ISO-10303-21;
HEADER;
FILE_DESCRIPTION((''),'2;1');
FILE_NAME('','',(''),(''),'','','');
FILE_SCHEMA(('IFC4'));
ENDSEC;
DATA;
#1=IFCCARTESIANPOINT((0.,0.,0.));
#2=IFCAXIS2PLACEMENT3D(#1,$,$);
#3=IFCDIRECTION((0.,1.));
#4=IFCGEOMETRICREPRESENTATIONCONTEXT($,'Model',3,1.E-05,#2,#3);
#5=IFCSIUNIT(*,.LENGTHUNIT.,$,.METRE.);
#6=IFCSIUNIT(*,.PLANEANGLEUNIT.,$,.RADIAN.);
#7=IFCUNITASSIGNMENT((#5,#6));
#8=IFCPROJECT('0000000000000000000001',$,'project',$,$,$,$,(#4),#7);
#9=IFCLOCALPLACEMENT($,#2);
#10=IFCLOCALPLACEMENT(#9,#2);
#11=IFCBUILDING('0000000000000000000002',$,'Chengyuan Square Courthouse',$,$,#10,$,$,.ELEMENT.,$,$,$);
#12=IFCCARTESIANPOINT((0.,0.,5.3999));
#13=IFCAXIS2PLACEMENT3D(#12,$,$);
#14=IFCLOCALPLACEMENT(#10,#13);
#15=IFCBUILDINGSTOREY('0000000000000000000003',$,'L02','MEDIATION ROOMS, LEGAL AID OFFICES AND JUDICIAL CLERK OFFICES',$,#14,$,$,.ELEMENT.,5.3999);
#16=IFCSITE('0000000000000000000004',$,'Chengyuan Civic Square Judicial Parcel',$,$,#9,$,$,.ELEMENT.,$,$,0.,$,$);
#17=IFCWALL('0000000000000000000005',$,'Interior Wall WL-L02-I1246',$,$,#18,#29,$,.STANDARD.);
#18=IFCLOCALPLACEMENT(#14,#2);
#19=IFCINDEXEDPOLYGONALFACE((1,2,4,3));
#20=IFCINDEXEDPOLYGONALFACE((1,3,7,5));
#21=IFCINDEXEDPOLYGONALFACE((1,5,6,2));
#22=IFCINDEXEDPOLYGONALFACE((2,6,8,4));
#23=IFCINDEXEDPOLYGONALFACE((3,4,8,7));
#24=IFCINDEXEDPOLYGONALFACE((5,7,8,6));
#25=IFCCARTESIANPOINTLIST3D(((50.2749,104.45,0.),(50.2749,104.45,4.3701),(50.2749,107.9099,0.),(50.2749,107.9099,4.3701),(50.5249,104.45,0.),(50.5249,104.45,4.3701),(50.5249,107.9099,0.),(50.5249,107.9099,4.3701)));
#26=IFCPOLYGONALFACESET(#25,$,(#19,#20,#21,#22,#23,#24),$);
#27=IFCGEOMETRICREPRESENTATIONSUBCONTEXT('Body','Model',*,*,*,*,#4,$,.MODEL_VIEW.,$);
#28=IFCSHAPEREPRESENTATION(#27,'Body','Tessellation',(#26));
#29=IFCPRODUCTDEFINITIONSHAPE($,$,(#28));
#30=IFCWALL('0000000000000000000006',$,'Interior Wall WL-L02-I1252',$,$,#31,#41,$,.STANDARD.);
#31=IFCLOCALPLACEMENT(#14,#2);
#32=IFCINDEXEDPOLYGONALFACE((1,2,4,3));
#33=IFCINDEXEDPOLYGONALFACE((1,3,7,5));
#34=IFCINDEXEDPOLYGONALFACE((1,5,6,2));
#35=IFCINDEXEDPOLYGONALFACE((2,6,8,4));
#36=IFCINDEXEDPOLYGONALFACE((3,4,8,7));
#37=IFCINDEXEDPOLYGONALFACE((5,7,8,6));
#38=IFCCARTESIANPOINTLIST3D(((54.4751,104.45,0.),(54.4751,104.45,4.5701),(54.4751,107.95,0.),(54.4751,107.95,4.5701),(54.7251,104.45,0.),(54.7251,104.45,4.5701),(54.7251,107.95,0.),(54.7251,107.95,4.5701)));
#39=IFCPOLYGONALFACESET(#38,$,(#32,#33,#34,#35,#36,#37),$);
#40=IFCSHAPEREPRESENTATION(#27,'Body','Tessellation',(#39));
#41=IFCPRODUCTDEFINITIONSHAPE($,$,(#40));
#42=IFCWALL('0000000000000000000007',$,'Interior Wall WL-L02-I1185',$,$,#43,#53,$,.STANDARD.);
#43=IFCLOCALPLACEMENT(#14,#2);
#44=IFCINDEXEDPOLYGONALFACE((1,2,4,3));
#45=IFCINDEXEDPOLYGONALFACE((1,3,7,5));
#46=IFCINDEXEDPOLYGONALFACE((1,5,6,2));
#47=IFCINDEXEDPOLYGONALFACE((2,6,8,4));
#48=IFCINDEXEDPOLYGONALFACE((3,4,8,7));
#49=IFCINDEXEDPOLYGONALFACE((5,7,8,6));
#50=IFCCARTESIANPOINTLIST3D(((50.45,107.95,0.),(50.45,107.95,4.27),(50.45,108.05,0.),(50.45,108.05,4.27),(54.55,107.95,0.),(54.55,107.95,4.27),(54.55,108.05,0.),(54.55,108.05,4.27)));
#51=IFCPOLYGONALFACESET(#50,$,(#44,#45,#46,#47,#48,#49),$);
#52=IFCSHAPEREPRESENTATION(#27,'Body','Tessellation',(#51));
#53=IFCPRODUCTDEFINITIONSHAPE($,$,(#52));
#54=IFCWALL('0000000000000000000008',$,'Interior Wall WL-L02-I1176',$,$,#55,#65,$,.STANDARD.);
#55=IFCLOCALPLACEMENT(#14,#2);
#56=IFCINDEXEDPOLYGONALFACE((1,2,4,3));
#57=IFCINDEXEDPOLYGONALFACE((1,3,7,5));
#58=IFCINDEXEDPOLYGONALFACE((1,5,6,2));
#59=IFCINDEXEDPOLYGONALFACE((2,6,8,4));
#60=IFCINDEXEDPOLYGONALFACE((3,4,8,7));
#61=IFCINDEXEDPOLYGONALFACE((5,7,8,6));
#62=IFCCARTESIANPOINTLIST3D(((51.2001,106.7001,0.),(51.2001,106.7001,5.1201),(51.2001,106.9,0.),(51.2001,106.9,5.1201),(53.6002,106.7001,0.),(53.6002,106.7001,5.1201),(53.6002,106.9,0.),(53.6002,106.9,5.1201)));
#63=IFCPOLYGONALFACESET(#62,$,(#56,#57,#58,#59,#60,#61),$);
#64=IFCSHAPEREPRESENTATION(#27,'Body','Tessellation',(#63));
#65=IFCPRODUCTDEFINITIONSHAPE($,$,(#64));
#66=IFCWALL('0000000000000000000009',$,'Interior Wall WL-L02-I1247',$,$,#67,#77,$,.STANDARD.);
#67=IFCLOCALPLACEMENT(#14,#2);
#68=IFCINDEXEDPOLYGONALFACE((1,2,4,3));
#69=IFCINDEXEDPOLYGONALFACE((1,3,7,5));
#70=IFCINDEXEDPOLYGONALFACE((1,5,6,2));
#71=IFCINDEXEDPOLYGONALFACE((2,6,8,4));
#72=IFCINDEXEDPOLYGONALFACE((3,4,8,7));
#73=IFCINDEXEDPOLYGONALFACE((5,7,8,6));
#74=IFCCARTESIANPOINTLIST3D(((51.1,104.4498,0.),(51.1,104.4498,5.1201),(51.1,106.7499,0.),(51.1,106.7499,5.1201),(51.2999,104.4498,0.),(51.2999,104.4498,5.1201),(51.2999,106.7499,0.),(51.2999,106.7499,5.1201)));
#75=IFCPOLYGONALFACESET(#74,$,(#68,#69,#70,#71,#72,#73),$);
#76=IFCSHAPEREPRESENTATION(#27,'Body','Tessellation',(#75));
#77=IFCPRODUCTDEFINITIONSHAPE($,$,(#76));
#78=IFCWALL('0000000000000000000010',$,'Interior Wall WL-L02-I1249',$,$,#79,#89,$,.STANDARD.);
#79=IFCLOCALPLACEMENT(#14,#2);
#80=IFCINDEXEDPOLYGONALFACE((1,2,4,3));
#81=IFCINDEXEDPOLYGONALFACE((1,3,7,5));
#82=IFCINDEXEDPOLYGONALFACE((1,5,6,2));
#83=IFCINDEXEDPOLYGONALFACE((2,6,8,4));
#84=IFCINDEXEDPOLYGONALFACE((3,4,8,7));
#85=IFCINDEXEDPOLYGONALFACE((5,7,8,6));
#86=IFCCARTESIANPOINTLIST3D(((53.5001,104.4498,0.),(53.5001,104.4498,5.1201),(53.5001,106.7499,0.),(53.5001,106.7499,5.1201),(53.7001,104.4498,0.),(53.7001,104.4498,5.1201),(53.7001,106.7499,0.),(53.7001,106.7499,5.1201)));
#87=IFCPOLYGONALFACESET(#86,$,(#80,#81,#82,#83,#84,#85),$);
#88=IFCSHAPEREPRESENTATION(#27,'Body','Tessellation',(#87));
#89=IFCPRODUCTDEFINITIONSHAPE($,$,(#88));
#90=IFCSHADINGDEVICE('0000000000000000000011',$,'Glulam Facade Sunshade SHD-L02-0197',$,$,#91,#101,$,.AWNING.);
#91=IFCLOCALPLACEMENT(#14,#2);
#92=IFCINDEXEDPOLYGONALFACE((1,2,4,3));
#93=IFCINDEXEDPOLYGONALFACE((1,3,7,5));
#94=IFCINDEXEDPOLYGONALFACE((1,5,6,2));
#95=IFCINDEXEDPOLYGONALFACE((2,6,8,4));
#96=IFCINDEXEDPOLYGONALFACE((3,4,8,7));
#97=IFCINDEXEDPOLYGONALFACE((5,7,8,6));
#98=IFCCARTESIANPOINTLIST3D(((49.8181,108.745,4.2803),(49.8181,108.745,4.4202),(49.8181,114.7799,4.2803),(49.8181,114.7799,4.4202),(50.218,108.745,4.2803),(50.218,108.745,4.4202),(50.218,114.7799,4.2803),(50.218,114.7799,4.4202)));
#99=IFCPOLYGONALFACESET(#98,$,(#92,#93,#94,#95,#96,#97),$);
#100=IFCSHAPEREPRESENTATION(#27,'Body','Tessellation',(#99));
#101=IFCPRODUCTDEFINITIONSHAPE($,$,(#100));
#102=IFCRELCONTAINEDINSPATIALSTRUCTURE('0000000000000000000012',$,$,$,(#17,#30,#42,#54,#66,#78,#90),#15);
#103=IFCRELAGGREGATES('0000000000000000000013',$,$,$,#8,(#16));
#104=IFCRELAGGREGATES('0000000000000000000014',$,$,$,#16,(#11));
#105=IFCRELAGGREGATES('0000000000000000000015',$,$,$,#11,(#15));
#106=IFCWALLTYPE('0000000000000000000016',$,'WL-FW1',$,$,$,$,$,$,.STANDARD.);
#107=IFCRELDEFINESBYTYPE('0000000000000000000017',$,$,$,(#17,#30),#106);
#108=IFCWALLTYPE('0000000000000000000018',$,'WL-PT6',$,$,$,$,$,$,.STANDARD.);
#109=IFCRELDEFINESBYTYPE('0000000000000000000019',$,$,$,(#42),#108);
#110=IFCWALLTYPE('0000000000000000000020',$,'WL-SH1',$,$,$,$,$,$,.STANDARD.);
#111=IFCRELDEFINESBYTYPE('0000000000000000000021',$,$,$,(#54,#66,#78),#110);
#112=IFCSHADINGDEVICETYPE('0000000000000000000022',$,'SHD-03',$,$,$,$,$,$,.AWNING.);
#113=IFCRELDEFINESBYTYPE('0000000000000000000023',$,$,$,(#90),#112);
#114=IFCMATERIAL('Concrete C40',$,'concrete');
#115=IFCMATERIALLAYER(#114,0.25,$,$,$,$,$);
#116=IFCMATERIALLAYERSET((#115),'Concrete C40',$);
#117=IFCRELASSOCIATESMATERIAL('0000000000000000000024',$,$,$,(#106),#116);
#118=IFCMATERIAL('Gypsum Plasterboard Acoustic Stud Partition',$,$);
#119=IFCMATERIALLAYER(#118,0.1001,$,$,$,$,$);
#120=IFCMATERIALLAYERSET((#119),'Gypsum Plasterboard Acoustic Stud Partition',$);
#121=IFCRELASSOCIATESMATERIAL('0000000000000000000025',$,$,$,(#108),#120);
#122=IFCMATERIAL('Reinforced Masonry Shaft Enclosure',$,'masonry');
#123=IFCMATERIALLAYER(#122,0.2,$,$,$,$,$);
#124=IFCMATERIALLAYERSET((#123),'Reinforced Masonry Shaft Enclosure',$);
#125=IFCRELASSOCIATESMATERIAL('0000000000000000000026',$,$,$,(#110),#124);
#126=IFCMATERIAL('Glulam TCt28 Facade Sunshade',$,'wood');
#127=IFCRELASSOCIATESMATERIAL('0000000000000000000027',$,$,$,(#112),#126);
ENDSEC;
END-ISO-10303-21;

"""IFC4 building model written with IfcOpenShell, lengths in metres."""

from ifc_helpers import new_model, si_unit, direction, frame, frame_2d, origin, origin_2d, place, context, subcontext, project, spatial, rectangle, extrude, material, layer, layer_set, type_object, element, save


model = new_model("IFC4")

# Units and contexts
model_context = context("Model", 3, precision=1e-05, world=origin(), true_north=direction((0.0, 1.0)))
body_context = subcontext(model_context, "Body", "Model", "MODEL_VIEW")
ifc_project = project(units=[si_unit("LENGTHUNIT", "METRE"), si_unit("PLANEANGLEUNIT", "RADIAN")], contexts=[model_context])

# Site, building, storey
site_placement = place(None, origin())
site = spatial("IfcSite", under=ifc_project, at=site_placement, Name="Chengyuan Civic Square Judicial Parcel", CompositionType="ELEMENT", RefElevation=0.0)
building_placement = place(site_placement, origin())
building = spatial("IfcBuilding", under=site, at=building_placement, Name="Chengyuan Square Courthouse", CompositionType="ELEMENT")
storey_placement = place(building_placement, frame((0.0, 0.0, 5.3999)))
storey = spatial("IfcBuildingStorey", under=building, at=storey_placement, Name="L02", Description="MEDIATION ROOMS, LEGAL AID OFFICES AND JUDICIAL CLERK OFFICES", CompositionType="ELEMENT", Elevation=5.3999)

# Shared definitions
ifc_material_1 = material(Name="Concrete C40", Category="concrete")

# Shared definitions
ifc_layer_1 = layer(ifc_material_1, 0.25)
ifc_layer_set_1 = layer_set([ifc_layer_1], Name="Concrete C40")
wall_type_1 = type_object("IfcWallType", Name="WL-FW1", PredefinedType="STANDARD", material=ifc_layer_set_1)

# Walls
wall_1_placement = place(storey_placement, frame((50.3999, 104.45, 0.0), z_axis=(0.0, 0.0, 1.0), x_axis=(0.0, 1.0, 0.0)))
element("IfcWall", 1, at=wall_1_placement, inside=storey, type_object=wall_type_1, Name="Interior Wall WL-L02-I1246", PredefinedType="STANDARD", context=body_context, shape_type="SweptSolid", body=[
    extrude(rectangle(XDim=3.46, YDim=0.25, at=frame_2d((1.73, 0.0))), origin(), (0.0, 0.0, 1.0), 4.3701),
])
wall_2_placement = place(storey_placement, frame((54.6001, 104.45, 0.0), z_axis=(0.0, 0.0, 1.0), x_axis=(0.0, 1.0, 0.0)))
element("IfcWall", 2, at=wall_2_placement, inside=storey, type_object=wall_type_1, Name="Interior Wall WL-L02-I1252", PredefinedType="STANDARD", context=body_context, shape_type="SweptSolid", body=[
    extrude(rectangle(XDim=3.5, YDim=0.25, at=frame_2d((1.75, 0.0))), origin(), (0.0, 0.0, 1.0), 4.5701),
])
ifc_material_2 = material(Name="Gypsum Plasterboard Acoustic Stud Partition")
ifc_layer_2 = layer(ifc_material_2, 0.1001)
ifc_layer_set_2 = layer_set([ifc_layer_2], Name="Gypsum Plasterboard Acoustic Stud Partition")
wall_type_2 = type_object("IfcWallType", Name="WL-PT6", PredefinedType="STANDARD", material=ifc_layer_set_2)
wall_3_placement = place(storey_placement, frame((50.45, 108.0, 0.0), z_axis=(0.0, 0.0, 1.0), x_axis=(1.0, 0.0, 0.0)))
element("IfcWall", 3, at=wall_3_placement, inside=storey, type_object=wall_type_2, Name="Interior Wall WL-L02-I1185", PredefinedType="STANDARD", context=body_context, shape_type="SweptSolid", body=[
    extrude(rectangle(XDim=4.1001, YDim=0.1001, at=frame_2d((2.05, 0.0))), origin(), (0.0, 0.0, 1.0), 4.27),
])

# Walls
ifc_material_3 = material(Name="Reinforced Masonry Shaft Enclosure", Category="masonry")
ifc_layer_3 = layer(ifc_material_3, 0.2)
ifc_layer_set_3 = layer_set([ifc_layer_3], Name="Reinforced Masonry Shaft Enclosure")
wall_type_3 = type_object("IfcWallType", Name="WL-SH1", PredefinedType="STANDARD", material=ifc_layer_set_3)
wall_4_placement = place(storey_placement, frame((51.2, 106.8, 0.0), z_axis=(0.0, 0.0, 1.0), x_axis=(1.0, 0.0, 0.0)))
element("IfcWall", 4, at=wall_4_placement, inside=storey, type_object=wall_type_3, Name="Interior Wall WL-L02-I1176", PredefinedType="STANDARD", context=body_context, shape_type="SweptSolid", body=[
    extrude(rectangle(XDim=2.4001, YDim=0.2, at=frame_2d((1.2002, 0.0))), origin(), (0.0, 0.0, 1.0), 5.1201),
])
for number, where, z_axis, x_axis, name in (
    (5, (51.2, 104.45, 0.0), (0.0, 0.0, 1.0), (0.0, 1.0, 0.0), "Interior Wall WL-L02-I1247"),
    (6, (53.6001, 104.45, 0.0), (0.0, 0.0, 1.0), (0.0, 1.0, 0.0), "Interior Wall WL-L02-I1249"),
):
    element("IfcWall", number, at=place(storey_placement, frame(where, z_axis=z_axis, x_axis=x_axis)), inside=storey, type_object=wall_type_3, Name=name, PredefinedType="STANDARD", context=body_context, shape_type="SweptSolid", body=[
        extrude(rectangle(XDim=2.3, YDim=0.2, at=frame_2d((1.1499, 0.0))), origin(), (0.0, 0.0, 1.0), 5.1201),
    ])

# Shading device
ifc_material_4 = material(Name="Glulam TCt28 Facade Sunshade", Category="wood")
shading_device_type = type_object("IfcShadingDeviceType", Name="SHD-03", PredefinedType="AWNING", material=ifc_material_4)
shading_device_placement = place(storey_placement, frame((50.0181, 111.7625, 4.2803), z_axis=(0.0, 0.0, 1.0), x_axis=(0.0, 1.0, 0.0)))
element("IfcShadingDevice", 7, at=shading_device_placement, inside=storey, type_object=shading_device_type, Name="Glulam Facade Sunshade SHD-L02-0197", PredefinedType="AWNING", context=body_context, shape_type="SweptSolid", body=[
    extrude(rectangle(XDim=6.0349, YDim=0.3999, at=origin_2d()), origin(), (0.0, 0.0, 1.0), 0.1399),
])

save(model, "model.ifc")
